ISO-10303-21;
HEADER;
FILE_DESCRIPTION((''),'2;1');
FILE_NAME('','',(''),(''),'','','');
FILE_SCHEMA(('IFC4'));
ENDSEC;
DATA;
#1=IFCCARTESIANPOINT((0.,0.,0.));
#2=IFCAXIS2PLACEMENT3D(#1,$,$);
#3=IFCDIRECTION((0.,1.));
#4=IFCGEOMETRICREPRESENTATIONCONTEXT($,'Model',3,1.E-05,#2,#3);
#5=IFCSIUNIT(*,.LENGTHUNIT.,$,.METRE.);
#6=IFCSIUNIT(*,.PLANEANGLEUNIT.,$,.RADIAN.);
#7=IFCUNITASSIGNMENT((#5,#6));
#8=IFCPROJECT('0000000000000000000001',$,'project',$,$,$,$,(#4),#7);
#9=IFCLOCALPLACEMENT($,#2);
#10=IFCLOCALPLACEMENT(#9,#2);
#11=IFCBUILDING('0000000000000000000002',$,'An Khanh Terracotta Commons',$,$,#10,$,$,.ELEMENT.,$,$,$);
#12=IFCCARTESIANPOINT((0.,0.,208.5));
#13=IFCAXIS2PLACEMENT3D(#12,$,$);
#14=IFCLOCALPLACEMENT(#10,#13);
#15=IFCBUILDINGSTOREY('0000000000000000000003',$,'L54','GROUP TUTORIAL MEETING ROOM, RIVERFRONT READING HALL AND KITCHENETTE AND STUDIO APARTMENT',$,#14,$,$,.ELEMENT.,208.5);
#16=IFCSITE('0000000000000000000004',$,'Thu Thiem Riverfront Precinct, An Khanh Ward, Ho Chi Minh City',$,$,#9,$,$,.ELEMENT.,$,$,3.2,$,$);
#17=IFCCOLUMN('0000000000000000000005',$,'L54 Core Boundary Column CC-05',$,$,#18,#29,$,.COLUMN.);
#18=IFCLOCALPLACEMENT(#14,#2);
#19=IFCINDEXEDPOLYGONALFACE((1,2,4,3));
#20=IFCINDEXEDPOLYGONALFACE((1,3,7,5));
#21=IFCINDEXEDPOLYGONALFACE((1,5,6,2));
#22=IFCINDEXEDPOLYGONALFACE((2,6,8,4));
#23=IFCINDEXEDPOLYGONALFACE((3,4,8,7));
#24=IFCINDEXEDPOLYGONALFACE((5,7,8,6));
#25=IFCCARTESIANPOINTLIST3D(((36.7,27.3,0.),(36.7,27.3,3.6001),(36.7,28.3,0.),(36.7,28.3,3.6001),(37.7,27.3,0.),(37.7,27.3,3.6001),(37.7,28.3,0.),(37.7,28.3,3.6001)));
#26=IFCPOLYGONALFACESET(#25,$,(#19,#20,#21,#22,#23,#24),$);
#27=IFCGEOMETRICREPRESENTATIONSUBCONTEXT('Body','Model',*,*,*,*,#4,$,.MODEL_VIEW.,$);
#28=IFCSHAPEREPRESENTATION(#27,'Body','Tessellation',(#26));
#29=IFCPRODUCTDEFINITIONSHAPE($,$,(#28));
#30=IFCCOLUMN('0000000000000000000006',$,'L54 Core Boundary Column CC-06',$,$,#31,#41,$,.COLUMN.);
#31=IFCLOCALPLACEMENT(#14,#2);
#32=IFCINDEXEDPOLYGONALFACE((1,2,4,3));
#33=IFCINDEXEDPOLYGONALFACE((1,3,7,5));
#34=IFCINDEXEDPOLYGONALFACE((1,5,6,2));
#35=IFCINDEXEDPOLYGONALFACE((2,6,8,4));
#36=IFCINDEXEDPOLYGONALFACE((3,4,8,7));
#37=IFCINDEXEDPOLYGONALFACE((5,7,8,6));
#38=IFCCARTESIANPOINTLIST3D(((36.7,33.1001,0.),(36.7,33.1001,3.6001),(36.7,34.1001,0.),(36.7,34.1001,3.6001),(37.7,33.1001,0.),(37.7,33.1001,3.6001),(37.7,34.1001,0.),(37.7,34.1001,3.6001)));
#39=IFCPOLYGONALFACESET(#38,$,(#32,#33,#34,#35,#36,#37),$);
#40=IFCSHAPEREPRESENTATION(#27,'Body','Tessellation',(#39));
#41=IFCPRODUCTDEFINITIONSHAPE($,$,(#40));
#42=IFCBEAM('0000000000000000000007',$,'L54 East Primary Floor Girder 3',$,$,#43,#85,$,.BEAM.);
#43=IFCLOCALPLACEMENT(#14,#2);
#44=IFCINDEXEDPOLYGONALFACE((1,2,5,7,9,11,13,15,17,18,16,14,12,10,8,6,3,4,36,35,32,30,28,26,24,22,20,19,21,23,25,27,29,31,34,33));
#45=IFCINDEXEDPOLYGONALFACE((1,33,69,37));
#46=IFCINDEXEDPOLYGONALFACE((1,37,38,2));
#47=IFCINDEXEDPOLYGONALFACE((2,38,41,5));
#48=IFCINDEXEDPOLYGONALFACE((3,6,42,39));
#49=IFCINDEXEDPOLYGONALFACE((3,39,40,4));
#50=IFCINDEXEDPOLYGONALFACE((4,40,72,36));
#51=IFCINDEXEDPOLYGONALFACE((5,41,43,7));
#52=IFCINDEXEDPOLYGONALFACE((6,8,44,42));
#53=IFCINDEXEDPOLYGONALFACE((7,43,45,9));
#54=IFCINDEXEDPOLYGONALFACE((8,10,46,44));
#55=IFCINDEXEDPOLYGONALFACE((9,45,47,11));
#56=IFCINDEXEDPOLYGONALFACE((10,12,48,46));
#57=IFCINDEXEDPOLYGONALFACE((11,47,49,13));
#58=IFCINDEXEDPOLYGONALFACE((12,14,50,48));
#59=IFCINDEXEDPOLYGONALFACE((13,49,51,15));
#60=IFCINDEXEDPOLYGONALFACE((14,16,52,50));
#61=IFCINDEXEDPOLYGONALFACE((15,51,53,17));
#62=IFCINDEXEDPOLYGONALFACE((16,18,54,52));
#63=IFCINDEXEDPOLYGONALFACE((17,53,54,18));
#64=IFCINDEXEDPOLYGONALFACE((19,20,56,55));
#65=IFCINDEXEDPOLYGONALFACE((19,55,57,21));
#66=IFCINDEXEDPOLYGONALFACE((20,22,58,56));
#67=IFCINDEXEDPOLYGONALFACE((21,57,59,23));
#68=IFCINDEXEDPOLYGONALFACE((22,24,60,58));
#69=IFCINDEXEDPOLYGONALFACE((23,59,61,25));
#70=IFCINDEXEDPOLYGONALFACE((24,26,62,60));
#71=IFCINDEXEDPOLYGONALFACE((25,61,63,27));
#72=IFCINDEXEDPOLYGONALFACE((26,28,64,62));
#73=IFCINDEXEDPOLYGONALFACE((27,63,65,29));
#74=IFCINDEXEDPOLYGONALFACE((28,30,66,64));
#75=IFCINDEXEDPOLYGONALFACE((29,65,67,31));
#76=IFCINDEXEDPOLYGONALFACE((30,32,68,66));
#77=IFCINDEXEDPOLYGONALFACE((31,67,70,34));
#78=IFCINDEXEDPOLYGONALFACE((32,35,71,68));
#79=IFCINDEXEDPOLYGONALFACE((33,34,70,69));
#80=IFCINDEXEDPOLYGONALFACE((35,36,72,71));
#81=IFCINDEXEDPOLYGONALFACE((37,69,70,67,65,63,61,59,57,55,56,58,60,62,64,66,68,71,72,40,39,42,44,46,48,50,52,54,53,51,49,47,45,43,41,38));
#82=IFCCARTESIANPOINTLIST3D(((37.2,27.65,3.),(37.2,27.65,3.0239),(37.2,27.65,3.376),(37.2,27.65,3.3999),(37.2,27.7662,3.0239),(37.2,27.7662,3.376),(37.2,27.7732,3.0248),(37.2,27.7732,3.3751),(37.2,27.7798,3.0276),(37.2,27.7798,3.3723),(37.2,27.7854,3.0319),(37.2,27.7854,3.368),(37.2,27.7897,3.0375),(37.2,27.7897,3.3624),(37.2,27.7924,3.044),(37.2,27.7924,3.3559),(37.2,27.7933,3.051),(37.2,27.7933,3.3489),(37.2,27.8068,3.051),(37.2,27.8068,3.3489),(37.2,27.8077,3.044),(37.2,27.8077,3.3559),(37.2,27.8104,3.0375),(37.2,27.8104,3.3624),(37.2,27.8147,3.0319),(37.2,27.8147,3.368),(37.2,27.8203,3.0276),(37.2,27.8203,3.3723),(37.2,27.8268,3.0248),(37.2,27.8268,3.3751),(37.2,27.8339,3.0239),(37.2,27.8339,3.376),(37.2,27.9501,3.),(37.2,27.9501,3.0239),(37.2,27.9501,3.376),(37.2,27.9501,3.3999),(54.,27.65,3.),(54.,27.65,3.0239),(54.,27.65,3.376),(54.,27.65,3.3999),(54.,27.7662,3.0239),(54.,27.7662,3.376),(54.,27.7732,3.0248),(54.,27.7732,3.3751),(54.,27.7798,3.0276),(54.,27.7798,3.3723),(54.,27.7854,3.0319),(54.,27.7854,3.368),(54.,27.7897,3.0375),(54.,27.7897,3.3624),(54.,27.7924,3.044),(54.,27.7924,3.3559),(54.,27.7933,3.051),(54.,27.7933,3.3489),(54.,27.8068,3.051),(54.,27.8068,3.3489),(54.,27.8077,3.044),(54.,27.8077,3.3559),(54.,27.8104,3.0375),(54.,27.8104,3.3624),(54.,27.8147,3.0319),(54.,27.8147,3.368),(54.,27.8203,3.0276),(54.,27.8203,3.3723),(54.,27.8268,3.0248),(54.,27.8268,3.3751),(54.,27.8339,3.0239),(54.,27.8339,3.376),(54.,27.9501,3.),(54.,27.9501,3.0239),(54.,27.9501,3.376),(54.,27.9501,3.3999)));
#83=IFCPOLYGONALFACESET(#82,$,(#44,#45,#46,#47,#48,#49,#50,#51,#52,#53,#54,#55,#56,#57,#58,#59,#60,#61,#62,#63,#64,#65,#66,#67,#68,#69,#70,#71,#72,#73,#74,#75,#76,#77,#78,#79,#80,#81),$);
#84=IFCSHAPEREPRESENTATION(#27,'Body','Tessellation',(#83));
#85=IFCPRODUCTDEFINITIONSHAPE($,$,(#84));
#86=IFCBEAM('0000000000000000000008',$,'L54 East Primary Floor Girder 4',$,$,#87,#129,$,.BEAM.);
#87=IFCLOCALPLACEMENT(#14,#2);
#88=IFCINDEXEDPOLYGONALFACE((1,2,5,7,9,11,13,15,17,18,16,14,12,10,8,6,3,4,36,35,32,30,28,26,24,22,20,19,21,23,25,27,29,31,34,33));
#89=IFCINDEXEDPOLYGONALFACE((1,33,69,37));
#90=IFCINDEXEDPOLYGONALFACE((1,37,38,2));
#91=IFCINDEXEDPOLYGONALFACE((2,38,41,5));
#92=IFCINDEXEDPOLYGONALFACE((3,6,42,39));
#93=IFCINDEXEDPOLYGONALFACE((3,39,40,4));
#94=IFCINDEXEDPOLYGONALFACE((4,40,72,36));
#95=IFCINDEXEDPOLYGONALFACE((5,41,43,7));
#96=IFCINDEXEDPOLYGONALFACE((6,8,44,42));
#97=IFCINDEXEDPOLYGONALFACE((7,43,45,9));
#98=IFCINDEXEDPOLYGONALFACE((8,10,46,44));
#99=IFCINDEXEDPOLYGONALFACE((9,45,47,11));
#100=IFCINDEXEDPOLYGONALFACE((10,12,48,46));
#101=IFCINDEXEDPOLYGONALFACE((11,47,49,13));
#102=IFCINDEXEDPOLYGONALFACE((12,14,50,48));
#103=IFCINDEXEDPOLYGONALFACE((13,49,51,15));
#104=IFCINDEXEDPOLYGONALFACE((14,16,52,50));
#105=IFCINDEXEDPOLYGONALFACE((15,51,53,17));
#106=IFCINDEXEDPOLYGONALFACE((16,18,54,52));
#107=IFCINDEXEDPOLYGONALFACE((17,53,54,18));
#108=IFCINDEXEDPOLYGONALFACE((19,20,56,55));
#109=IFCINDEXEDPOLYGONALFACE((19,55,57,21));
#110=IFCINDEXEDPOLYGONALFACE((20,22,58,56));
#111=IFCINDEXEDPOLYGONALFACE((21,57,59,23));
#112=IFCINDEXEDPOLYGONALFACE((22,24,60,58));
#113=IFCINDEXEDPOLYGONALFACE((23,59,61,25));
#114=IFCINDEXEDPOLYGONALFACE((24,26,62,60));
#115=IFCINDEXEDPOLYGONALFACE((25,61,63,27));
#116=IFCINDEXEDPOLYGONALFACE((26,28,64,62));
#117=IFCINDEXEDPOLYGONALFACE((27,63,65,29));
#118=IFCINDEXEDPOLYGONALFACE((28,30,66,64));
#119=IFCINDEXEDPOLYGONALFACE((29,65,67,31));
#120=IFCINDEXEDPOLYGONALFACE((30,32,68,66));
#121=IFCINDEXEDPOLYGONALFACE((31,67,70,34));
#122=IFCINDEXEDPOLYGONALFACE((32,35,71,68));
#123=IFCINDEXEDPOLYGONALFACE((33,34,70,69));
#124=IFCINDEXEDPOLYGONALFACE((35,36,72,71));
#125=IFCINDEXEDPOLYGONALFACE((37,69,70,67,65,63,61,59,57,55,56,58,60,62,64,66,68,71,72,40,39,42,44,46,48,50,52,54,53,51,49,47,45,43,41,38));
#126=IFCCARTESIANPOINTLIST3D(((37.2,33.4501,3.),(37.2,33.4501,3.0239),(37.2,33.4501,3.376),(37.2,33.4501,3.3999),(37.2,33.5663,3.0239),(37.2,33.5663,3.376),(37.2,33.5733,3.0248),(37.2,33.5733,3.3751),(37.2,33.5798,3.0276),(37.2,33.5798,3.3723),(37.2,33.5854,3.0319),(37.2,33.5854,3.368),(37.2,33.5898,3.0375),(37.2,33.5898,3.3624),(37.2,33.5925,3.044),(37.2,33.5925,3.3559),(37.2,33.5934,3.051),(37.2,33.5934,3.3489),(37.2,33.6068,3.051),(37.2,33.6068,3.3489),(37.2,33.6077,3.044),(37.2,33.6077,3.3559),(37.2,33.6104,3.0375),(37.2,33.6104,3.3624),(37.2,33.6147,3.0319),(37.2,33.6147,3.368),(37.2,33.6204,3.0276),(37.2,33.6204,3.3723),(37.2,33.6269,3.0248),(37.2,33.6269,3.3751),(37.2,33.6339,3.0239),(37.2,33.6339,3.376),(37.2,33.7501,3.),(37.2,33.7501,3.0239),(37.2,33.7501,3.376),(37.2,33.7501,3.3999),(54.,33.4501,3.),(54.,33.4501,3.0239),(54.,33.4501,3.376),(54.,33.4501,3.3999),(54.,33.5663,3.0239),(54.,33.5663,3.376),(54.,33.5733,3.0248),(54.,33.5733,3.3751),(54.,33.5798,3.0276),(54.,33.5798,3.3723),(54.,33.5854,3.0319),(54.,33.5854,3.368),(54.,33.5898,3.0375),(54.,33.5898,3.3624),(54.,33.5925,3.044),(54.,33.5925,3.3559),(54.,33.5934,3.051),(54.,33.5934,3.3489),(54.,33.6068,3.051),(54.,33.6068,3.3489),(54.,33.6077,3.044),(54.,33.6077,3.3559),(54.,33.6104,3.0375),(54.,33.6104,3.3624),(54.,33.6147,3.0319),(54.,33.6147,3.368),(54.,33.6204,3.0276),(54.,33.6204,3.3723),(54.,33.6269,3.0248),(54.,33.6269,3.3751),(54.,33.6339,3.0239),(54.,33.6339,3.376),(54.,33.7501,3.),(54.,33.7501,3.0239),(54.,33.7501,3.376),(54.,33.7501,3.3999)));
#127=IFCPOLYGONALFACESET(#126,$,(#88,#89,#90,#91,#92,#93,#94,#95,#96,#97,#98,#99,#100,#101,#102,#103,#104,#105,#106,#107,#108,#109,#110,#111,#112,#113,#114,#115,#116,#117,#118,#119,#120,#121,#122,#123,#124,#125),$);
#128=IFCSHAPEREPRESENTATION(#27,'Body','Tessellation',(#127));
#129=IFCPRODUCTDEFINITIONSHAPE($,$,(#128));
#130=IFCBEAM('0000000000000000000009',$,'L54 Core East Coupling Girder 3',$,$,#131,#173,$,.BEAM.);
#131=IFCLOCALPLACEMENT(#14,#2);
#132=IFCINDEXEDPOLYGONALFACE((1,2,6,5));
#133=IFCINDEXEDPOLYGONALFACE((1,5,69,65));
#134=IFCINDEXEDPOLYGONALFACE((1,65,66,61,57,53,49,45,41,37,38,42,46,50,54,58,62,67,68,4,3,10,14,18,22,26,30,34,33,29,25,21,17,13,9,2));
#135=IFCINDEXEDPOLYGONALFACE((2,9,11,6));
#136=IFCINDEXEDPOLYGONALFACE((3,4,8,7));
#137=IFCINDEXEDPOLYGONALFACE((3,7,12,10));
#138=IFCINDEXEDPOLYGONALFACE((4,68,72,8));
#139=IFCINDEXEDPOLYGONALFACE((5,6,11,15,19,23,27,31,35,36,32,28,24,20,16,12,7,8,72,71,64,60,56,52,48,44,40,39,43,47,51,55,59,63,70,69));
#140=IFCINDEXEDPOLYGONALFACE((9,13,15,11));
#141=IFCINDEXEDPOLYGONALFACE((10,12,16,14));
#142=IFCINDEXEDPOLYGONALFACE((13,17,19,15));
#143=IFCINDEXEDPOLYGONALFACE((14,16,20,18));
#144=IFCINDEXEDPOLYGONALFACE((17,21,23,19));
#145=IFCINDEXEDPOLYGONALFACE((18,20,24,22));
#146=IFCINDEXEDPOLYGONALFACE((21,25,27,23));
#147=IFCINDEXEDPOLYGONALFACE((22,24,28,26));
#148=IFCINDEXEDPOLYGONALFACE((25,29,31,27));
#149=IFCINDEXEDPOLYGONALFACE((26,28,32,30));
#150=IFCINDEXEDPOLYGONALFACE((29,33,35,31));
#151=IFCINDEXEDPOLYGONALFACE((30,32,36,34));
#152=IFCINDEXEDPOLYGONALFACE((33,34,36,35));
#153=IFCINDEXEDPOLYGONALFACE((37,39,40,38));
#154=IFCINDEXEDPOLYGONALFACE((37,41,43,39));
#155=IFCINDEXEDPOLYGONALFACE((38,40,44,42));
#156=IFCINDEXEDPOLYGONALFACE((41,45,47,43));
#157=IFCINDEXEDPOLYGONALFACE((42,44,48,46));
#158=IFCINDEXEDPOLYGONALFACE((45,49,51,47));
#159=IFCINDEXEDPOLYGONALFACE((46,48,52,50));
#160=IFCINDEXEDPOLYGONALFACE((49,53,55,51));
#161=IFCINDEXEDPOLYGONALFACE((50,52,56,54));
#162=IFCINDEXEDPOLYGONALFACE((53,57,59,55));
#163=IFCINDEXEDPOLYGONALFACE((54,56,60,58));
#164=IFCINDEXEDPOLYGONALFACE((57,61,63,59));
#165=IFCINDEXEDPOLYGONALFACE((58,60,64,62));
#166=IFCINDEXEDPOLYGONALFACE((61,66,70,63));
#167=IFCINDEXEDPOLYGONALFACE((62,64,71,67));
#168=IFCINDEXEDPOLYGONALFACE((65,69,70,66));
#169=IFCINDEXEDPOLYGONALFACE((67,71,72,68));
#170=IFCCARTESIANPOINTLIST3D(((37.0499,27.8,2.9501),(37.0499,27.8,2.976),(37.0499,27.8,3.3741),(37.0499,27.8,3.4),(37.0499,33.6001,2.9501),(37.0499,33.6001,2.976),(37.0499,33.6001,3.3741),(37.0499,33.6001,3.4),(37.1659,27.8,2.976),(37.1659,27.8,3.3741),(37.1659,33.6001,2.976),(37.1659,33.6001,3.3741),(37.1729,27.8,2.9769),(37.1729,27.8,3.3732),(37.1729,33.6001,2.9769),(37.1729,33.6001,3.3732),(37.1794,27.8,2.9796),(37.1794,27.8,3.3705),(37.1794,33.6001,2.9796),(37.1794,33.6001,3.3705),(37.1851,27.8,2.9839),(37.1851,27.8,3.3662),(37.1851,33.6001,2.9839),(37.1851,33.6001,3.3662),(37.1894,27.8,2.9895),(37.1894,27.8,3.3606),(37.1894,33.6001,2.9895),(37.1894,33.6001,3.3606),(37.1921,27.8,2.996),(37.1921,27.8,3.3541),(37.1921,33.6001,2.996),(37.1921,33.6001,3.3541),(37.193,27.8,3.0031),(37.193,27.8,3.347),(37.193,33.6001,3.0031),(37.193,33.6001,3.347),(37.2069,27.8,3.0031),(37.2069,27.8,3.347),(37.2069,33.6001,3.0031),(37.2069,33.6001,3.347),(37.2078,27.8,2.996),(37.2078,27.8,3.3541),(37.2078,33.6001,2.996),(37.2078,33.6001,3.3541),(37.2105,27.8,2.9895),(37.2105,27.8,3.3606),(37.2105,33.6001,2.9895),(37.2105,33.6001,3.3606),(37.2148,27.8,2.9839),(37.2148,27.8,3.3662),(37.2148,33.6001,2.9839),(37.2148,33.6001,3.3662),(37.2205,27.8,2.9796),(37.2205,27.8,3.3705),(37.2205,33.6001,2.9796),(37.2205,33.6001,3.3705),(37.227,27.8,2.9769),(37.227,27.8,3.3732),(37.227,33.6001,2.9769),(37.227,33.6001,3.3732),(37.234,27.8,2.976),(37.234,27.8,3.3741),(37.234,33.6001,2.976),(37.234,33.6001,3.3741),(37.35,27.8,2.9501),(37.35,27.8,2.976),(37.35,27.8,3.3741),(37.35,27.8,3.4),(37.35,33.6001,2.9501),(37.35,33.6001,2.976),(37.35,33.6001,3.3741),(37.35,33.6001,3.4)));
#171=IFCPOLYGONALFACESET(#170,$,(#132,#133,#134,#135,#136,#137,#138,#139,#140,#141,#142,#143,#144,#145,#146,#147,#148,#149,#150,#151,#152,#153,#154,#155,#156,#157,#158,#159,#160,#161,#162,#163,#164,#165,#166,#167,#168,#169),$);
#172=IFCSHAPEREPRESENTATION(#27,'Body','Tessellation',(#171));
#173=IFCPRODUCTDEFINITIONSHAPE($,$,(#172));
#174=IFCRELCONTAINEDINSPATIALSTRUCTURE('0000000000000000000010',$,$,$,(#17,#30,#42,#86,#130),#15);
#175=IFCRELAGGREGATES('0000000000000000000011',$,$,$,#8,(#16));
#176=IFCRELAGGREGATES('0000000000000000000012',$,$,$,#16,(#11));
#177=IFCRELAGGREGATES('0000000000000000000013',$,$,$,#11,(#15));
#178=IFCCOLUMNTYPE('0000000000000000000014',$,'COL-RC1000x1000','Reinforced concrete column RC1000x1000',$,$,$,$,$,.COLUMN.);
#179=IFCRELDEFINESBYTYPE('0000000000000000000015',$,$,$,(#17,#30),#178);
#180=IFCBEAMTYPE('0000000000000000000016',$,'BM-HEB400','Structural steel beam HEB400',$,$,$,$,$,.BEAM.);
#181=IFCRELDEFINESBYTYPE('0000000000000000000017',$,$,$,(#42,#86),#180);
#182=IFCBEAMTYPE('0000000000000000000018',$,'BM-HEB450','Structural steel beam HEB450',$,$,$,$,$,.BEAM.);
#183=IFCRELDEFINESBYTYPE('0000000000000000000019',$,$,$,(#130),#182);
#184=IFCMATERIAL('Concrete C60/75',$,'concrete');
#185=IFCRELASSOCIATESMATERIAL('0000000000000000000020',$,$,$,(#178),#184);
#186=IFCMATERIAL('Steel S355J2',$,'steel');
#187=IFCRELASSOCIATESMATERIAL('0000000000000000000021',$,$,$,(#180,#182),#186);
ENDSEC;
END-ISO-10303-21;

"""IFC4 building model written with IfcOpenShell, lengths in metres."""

from ifc_helpers import new_model, si_unit, direction, frame, origin, origin_2d, place, context, subcontext, project, spatial, rectangle, i_section, extrude, material, material_profile, profile_set, type_object, element, save


model = new_model("IFC4")

# Units and contexts
model_context = context("Model", 3, precision=1e-05, world=origin(), true_north=direction((0.0, 1.0)))
body_context = subcontext(model_context, "Body", "Model", "MODEL_VIEW")
ifc_project = project(units=[si_unit("LENGTHUNIT", "METRE"), si_unit("PLANEANGLEUNIT", "RADIAN")], contexts=[model_context])

# Site, building, storey
site_placement = place(None, origin())
site = spatial("IfcSite", under=ifc_project, at=site_placement, Name="Thu Thiem Riverfront Precinct, An Khanh Ward, Ho Chi Minh City", CompositionType="ELEMENT", RefElevation=3.2)
building_placement = place(site_placement, origin())
building = spatial("IfcBuilding", under=site, at=building_placement, Name="An Khanh Terracotta Commons", CompositionType="ELEMENT")
storey_placement = place(building_placement, frame((0.0, 0.0, 208.5)))
storey = spatial("IfcBuildingStorey", under=building, at=storey_placement, Name="L54", Description="GROUP TUTORIAL MEETING ROOM, RIVERFRONT READING HALL AND KITCHENETTE AND STUDIO APARTMENT", CompositionType="ELEMENT", Elevation=208.5)

# Columns
ifc_material_1 = material(Name="Concrete C60/75", Category="concrete")
ifc_material_profile_1 = material_profile(ifc_material_1, rectangle(XDim=1.0, YDim=1.0, at=origin_2d()), Name="RC1000x1000")
ifc_profile_set_1 = profile_set([ifc_material_profile_1], Name="Concrete C60/75")
column_type = type_object("IfcColumnType", Name="COL-RC1000x1000", Description="Reinforced concrete column RC1000x1000", PredefinedType="COLUMN", material=ifc_profile_set_1)
for number, where, z_axis, x_axis, name in (
    (1, (37.2, 27.8, 0.0), (0.0, 0.0, 1.0), (1.0, 0.0, 0.0), "L54 Core Boundary Column CC-05"),
    (2, (37.2, 33.6001, 0.0), (0.0, 0.0, 1.0), (1.0, 0.0, 0.0), "L54 Core Boundary Column CC-06"),
):
    element("IfcColumn", number, at=place(storey_placement, frame(where, z_axis=z_axis, x_axis=x_axis)), inside=storey, type_object=column_type, Name=name, PredefinedType="COLUMN", context=body_context, shape_type="SweptSolid", body=[
        extrude(rectangle(XDim=1.0, YDim=1.0, at=origin_2d()), origin(), (0.0, 0.0, 1.0), 3.6001),
    ])

# Beams
ifc_material_2 = material(Name="Steel S355J2", Category="steel")
ifc_material_profile_2 = material_profile(ifc_material_2, i_section(OverallWidth=0.3, OverallDepth=0.3999, WebThickness=0.0134, FlangeThickness=0.0239, FilletRadius=0.0271, at=origin_2d()), Name="HEB400")
ifc_profile_set_2 = profile_set([ifc_material_profile_2], Name="Steel S355J2")
beam_type_1 = type_object("IfcBeamType", Name="BM-HEB400", Description="Structural steel beam HEB400", PredefinedType="BEAM", material=ifc_profile_set_2)
for number, where, z_axis, x_axis, name in (
    (3, (37.2, 27.8, 3.2), (1.0, 0.0, 0.0), (0.0, 1.0, 0.0), "L54 East Primary Floor Girder 3"),
    (4, (37.2, 33.6001, 3.2), (1.0, 0.0, 0.0), (0.0, 1.0, 0.0), "L54 East Primary Floor Girder 4"),
):
    element("IfcBeam", number, at=place(storey_placement, frame(where, z_axis=z_axis, x_axis=x_axis)), inside=storey, type_object=beam_type_1, Name=name, PredefinedType="BEAM", context=body_context, shape_type="SweptSolid", body=[
        extrude(i_section(OverallWidth=0.3, OverallDepth=0.3999, WebThickness=0.0134, FlangeThickness=0.0239, FilletRadius=0.0271, at=origin_2d()), origin(), (0.0, 0.0, 1.0), 16.8),
    ])
ifc_material_profile_3 = material_profile(ifc_material_2, i_section(OverallWidth=0.3, OverallDepth=0.45, WebThickness=0.0139, FlangeThickness=0.0259, FilletRadius=0.0271, at=origin_2d()), Name="HEB450")
ifc_profile_set_3 = profile_set([ifc_material_profile_3], Name="Steel S355J2")
beam_type_2 = type_object("IfcBeamType", Name="BM-HEB450", Description="Structural steel beam HEB450", PredefinedType="BEAM", material=ifc_profile_set_3)
beam_placement = place(storey_placement, frame((37.2, 27.8, 3.175), z_axis=(0.0, 1.0, 0.0), x_axis=(-1.0, 0.0, 0.0)))
element("IfcBeam", 5, at=beam_placement, inside=storey, type_object=beam_type_2, Name="L54 Core East Coupling Girder 3", PredefinedType="BEAM", context=body_context, shape_type="SweptSolid", body=[
    extrude(i_section(OverallWidth=0.3, OverallDepth=0.45, WebThickness=0.0139, FlangeThickness=0.0259, FilletRadius=0.0271, at=origin_2d()), origin(), (0.0, 0.0, 1.0), 5.8),
])

save(model, "model.ifc")
